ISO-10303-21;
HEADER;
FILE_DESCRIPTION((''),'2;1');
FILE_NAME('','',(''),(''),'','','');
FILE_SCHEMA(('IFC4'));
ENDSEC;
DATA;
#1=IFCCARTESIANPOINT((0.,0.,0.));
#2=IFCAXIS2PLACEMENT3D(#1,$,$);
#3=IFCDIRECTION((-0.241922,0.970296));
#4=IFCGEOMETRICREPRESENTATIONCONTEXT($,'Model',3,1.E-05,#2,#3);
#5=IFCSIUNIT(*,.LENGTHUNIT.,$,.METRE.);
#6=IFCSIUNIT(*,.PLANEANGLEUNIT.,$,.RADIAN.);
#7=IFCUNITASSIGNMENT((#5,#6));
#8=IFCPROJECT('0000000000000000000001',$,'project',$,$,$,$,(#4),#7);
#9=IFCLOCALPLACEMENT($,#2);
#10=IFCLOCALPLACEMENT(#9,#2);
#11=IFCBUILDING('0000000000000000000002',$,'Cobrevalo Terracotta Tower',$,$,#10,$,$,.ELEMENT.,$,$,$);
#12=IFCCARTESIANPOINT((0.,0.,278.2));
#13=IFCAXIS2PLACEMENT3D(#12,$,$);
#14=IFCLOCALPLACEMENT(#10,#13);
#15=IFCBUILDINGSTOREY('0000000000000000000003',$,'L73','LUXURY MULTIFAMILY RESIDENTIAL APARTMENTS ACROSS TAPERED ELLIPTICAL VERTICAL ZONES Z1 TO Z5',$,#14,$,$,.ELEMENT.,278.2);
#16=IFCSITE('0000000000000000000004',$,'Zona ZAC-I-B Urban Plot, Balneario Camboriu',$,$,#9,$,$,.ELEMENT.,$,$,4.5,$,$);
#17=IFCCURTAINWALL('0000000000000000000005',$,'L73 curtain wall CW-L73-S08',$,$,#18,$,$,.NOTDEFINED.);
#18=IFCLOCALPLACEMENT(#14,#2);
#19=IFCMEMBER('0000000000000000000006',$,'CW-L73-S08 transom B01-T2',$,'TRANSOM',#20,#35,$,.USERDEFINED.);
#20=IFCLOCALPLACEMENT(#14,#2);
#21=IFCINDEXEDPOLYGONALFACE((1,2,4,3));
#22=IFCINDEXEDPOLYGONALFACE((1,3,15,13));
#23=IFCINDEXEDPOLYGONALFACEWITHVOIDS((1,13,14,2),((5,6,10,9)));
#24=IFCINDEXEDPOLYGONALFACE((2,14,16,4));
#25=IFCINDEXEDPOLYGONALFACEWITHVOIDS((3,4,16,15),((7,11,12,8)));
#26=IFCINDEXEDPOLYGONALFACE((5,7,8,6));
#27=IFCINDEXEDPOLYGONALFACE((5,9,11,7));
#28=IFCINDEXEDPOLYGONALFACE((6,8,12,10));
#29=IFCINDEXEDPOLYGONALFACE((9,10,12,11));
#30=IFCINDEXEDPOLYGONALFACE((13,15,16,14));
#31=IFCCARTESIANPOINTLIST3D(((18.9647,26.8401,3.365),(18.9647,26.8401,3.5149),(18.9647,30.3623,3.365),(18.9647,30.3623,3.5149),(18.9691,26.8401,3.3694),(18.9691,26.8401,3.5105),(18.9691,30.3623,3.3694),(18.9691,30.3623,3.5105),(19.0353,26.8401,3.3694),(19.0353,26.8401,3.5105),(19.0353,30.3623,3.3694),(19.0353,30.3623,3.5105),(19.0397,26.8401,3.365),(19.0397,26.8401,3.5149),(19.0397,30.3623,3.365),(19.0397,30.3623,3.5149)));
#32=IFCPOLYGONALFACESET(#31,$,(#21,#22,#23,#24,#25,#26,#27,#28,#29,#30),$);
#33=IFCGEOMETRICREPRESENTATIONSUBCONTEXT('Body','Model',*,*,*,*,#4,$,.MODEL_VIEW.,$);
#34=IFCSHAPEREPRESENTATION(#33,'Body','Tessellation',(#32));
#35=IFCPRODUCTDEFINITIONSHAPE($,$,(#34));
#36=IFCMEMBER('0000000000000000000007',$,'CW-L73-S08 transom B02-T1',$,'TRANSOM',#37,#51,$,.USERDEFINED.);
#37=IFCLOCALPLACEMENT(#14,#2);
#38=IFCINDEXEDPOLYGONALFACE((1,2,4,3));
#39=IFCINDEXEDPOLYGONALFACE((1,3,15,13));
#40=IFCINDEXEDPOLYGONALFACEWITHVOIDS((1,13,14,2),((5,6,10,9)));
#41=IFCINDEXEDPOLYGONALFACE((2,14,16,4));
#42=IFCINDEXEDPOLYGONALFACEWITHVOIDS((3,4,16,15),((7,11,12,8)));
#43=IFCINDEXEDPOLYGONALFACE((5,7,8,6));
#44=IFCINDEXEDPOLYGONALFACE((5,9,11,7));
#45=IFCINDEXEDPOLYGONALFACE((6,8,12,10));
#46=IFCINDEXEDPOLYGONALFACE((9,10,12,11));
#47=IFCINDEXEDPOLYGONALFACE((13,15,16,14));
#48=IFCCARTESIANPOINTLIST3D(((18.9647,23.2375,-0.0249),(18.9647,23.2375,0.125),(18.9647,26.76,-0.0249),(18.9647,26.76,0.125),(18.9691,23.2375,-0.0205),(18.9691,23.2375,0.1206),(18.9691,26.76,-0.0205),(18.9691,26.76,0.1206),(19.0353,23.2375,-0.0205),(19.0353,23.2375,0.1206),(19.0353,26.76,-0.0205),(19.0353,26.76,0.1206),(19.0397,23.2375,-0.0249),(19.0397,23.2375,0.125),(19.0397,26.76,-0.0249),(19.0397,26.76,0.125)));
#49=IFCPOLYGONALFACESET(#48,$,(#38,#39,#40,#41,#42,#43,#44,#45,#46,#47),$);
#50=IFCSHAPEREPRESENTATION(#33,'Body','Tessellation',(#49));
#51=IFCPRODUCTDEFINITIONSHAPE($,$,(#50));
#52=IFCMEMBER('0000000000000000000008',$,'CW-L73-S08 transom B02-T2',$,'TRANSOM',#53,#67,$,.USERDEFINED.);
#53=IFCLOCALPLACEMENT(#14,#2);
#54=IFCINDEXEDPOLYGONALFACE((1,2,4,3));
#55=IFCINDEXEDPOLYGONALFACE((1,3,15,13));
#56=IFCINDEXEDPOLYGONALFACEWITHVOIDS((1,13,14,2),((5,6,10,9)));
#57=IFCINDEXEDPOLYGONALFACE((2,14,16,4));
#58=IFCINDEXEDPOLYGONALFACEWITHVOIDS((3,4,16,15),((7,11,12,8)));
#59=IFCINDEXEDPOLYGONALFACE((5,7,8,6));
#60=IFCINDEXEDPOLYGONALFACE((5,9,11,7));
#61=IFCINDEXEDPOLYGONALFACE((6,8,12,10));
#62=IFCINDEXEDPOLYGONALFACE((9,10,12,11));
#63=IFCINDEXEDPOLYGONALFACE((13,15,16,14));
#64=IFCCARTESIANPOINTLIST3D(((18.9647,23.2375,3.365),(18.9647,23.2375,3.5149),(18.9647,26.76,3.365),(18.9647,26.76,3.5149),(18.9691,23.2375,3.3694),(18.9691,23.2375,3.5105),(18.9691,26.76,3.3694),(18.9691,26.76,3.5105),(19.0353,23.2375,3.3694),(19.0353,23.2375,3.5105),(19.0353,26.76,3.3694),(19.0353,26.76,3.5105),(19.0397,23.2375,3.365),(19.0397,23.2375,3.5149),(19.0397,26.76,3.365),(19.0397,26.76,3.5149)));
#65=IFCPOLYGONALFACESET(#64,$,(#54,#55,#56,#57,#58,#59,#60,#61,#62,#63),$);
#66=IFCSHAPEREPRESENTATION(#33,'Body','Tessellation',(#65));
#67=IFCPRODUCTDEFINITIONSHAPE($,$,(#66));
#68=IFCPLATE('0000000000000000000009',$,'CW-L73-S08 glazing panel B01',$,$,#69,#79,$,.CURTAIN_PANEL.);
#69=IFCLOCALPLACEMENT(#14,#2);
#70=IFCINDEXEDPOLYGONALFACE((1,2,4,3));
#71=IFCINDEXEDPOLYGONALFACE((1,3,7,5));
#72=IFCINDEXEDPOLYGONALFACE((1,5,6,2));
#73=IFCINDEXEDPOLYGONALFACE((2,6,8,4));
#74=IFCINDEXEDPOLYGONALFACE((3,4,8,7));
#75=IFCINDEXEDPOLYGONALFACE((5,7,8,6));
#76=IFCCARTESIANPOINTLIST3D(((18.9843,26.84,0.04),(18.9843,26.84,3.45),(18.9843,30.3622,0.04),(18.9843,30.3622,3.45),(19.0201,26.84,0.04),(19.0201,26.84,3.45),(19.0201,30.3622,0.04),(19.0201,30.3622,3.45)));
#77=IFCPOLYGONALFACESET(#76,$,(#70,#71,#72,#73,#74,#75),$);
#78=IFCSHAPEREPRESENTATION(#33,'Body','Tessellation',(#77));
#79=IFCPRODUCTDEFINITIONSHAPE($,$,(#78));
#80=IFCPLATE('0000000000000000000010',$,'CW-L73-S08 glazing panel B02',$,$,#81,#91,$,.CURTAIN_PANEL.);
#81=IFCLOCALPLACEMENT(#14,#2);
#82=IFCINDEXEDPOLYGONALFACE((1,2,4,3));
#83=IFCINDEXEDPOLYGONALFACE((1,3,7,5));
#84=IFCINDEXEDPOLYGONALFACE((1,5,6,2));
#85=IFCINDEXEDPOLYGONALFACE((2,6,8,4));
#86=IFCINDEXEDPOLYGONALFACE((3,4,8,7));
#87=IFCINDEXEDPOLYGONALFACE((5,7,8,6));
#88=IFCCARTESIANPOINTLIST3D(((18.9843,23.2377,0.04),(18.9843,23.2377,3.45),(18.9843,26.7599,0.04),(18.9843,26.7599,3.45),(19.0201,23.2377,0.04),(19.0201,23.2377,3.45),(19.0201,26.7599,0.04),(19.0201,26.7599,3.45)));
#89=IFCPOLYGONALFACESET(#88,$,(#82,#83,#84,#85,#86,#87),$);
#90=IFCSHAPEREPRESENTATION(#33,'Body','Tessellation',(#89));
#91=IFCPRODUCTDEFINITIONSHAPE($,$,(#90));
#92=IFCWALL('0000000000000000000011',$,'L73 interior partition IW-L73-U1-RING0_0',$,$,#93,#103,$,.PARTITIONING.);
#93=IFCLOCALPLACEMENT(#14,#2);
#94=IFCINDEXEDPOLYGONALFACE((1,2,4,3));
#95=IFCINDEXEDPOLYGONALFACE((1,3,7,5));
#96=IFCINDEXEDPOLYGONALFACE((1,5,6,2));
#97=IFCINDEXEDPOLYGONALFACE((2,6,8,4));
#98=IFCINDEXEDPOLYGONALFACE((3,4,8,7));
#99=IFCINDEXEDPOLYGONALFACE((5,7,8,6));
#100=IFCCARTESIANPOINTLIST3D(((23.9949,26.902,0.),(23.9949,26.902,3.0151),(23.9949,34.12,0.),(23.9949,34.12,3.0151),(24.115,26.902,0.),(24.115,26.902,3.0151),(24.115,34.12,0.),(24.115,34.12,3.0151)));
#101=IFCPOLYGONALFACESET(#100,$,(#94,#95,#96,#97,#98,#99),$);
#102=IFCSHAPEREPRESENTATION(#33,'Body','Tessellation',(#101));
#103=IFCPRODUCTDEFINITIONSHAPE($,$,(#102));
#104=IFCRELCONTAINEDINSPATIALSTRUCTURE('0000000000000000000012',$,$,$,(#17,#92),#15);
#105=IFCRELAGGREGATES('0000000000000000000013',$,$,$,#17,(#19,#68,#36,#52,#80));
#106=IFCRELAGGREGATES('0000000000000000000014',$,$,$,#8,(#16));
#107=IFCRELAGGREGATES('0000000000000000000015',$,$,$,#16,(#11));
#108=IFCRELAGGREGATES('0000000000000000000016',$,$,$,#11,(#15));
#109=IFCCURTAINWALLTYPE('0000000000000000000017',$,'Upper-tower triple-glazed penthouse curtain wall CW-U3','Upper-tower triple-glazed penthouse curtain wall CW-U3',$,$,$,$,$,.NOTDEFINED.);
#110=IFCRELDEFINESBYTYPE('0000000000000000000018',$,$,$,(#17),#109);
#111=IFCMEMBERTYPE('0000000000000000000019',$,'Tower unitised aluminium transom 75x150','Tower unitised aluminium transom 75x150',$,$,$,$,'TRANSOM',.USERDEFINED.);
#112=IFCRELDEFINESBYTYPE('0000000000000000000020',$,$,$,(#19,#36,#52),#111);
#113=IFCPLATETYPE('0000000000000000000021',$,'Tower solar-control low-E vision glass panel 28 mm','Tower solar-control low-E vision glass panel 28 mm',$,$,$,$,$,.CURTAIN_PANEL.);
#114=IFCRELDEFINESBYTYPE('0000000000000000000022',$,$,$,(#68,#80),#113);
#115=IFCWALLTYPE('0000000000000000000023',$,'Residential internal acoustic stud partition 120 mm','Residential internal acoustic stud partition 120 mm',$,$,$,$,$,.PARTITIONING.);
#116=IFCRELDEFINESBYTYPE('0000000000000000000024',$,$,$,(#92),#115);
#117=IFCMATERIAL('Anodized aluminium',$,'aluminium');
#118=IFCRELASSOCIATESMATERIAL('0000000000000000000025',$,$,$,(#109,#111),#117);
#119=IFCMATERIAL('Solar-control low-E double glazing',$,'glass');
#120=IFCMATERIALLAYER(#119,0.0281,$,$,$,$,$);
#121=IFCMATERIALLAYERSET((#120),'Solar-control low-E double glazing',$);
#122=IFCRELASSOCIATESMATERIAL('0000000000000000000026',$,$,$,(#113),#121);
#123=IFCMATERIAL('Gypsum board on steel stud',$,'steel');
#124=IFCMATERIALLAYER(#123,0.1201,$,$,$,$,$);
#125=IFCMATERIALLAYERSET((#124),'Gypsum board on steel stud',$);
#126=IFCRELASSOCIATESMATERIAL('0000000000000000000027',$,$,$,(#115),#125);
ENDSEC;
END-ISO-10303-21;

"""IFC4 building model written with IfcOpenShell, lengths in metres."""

from ifc_helpers import new_model, si_unit, direction, frame, frame_2d, origin, origin_2d, place, context, subcontext, project, spatial, rectangle, hollow_rectangle, extrude, source, transform, mapped, material, layer, layer_set, material_profile, profile_set, type_object, element, aggregate, save


model = new_model("IFC4")

# Units and contexts
model_context = context("Model", 3, precision=1e-05, world=origin(), true_north=direction((-0.241922, 0.970296)))
body_context = subcontext(model_context, "Body", "Model", "MODEL_VIEW")
ifc_project = project(units=[si_unit("LENGTHUNIT", "METRE"), si_unit("PLANEANGLEUNIT", "RADIAN")], contexts=[model_context])

# Site, building, storey
site_placement = place(None, origin())
site = spatial("IfcSite", under=ifc_project, at=site_placement, Name="Zona ZAC-I-B Urban Plot, Balneario Camboriu", CompositionType="ELEMENT", RefElevation=4.5)
building_placement = place(site_placement, origin())
building = spatial("IfcBuilding", under=site, at=building_placement, Name="Cobrevalo Terracotta Tower", CompositionType="ELEMENT")
storey_placement = place(building_placement, frame((0.0, 0.0, 278.2)))
storey = spatial("IfcBuildingStorey", under=building, at=storey_placement, Name="L73", Description="LUXURY MULTIFAMILY RESIDENTIAL APARTMENTS ACROSS TAPERED ELLIPTICAL VERTICAL ZONES Z1 TO Z5", CompositionType="ELEMENT", Elevation=278.2)

# Curtain wall
ifc_material_1 = material(Name="Anodized aluminium", Category="aluminium")
curtain_wall_type = type_object("IfcCurtainWallType", Name="Upper-tower triple-glazed penthouse curtain wall CW-U3", Description="Upper-tower triple-glazed penthouse curtain wall CW-U3", PredefinedType="NOTDEFINED", material=ifc_material_1)
curtain_wall_1_placement = place(storey_placement, origin())
curtain_wall_1 = element("IfcCurtainWall", 1, at=curtain_wall_1_placement, inside=storey, type_object=curtain_wall_type, Name="L73 curtain wall CW-L73-S08", PredefinedType="NOTDEFINED")

# Members
ifc_material_profile_1 = material_profile(ifc_material_1, hollow_rectangle(XDim=0.075, YDim=0.1499, WallThickness=0.0044, at=origin_2d()), Name="CWT 75x150")
ifc_profile_set_1 = profile_set([ifc_material_profile_1], Name="Anodized aluminium")
member_type_1 = type_object("IfcMemberType", Name="Tower unitised aluminium transom 75x150", Description="Tower unitised aluminium transom 75x150", ElementType="TRANSOM", PredefinedType="USERDEFINED", material=ifc_profile_set_1)
shared_shape_1 = source(origin(), body_context, "Body", "SweptSolid", [
    extrude(hollow_rectangle(XDim=0.075, YDim=0.1499, WallThickness=0.0044, at=origin_2d()), origin(), (0.0, 0.0, 1.0), 3.5222),
])
member_1_placement = place(storey_placement, frame((19.0022, 30.3623, 3.4399), z_axis=(0.0, -1.0, 0.0), x_axis=(1.0, 0.0, 0.0)))
member_1 = element("IfcMember", 2, at=member_1_placement, type_object=member_type_1, Name="CW-L73-S08 transom B01-T2", ObjectType="TRANSOM", PredefinedType="USERDEFINED", context=body_context, shape_type="MappedRepresentation", body=[
    mapped(shared_shape_1, transform((0.0, 0.0, 0.0), scale=1.0)),
])
shared_shape_2 = source(origin(), body_context, "Body", "SweptSolid", [
    extrude(hollow_rectangle(XDim=0.075, YDim=0.1499, WallThickness=0.0044, at=origin_2d()), origin(), (0.0, 0.0, 1.0), 3.5225),
])
member_2_placement = place(storey_placement, frame((19.0022, 26.76, 0.05), z_axis=(0.0, -1.0, 0.0), x_axis=(1.0, 0.0, 0.0)))
member_2 = element("IfcMember", 3, at=member_2_placement, type_object=member_type_1, Name="CW-L73-S08 transom B02-T1", ObjectType="TRANSOM", PredefinedType="USERDEFINED", context=body_context, shape_type="MappedRepresentation", body=[
    mapped(shared_shape_2, transform((0.0, 0.0, 0.0), scale=1.0)),
])
member_3_placement = place(storey_placement, frame((19.0022, 26.76, 3.4399), z_axis=(0.0, -1.0, 0.0), x_axis=(1.0, 0.0, 0.0)))
member_3 = element("IfcMember", 4, at=member_3_placement, type_object=member_type_1, Name="CW-L73-S08 transom B02-T2", ObjectType="TRANSOM", PredefinedType="USERDEFINED", context=body_context, shape_type="MappedRepresentation", body=[
    mapped(shared_shape_2, transform((0.0, 0.0, 0.0), scale=1.0)),
])

# Plates
ifc_material_2 = material(Name="Solar-control low-E double glazing", Category="glass")
ifc_layer_1 = layer(ifc_material_2, 0.0281)
ifc_layer_set_1 = layer_set([ifc_layer_1], Name="Solar-control low-E double glazing")
plate_type = type_object("IfcPlateType", Name="Tower solar-control low-E vision glass panel 28 mm", Description="Tower solar-control low-E vision glass panel 28 mm", PredefinedType="CURTAIN_PANEL", material=ifc_layer_set_1)
shared_shape_3 = source(origin(), body_context, "Body", "SweptSolid", [
    extrude(rectangle(XDim=3.5222, YDim=0.0359, at=origin_2d()), origin(), (0.0, 0.0, 1.0), 3.4099),
])
plate_1_placement = place(storey_placement, frame((19.0022, 28.6011, 0.04), z_axis=(0.0, 0.0, 1.0), x_axis=(0.0, -1.0, 0.0)))
plate_1 = element("IfcPlate", 5, at=plate_1_placement, type_object=plate_type, Name="CW-L73-S08 glazing panel B01", PredefinedType="CURTAIN_PANEL", context=body_context, shape_type="MappedRepresentation", body=[
    mapped(shared_shape_3, transform((0.0, 0.0, 0.0), scale=1.0)),
])
plate_2_placement = place(storey_placement, frame((19.0022, 24.9988, 0.04), z_axis=(0.0, 0.0, 1.0), x_axis=(0.0, -1.0, 0.0)))
plate_2 = element("IfcPlate", 6, at=plate_2_placement, type_object=plate_type, Name="CW-L73-S08 glazing panel B02", PredefinedType="CURTAIN_PANEL", context=body_context, shape_type="MappedRepresentation", body=[
    mapped(shared_shape_3, transform((0.0, 0.0, 0.0), scale=1.0)),
])
aggregate(curtain_wall_1, [member_1, plate_1, member_2, member_3, plate_2])

# Wall
ifc_material_3 = material(Name="Gypsum board on steel stud", Category="steel")
ifc_layer_2 = layer(ifc_material_3, 0.1201)
ifc_layer_set_2 = layer_set([ifc_layer_2], Name="Gypsum board on steel stud")
wall_type = type_object("IfcWallType", Name="Residential internal acoustic stud partition 120 mm", Description="Residential internal acoustic stud partition 120 mm", PredefinedType="PARTITIONING", material=ifc_layer_set_2)
wall_placement = place(storey_placement, frame((24.0549, 26.9021, 0.0), z_axis=(0.0, 0.0, 1.0), x_axis=(0.0, 1.0, 0.0)))
element("IfcWall", 7, at=wall_placement, inside=storey, type_object=wall_type, Name="L73 interior partition IW-L73-U1-RING0_0", PredefinedType="PARTITIONING", context=body_context, shape_type="SweptSolid", body=[
    extrude(rectangle(XDim=7.218, YDim=0.1201, at=frame_2d((3.6089, 0.0))), origin(), (0.0, 0.0, 1.0), 3.0151),
])

save(model, "model.ifc")
